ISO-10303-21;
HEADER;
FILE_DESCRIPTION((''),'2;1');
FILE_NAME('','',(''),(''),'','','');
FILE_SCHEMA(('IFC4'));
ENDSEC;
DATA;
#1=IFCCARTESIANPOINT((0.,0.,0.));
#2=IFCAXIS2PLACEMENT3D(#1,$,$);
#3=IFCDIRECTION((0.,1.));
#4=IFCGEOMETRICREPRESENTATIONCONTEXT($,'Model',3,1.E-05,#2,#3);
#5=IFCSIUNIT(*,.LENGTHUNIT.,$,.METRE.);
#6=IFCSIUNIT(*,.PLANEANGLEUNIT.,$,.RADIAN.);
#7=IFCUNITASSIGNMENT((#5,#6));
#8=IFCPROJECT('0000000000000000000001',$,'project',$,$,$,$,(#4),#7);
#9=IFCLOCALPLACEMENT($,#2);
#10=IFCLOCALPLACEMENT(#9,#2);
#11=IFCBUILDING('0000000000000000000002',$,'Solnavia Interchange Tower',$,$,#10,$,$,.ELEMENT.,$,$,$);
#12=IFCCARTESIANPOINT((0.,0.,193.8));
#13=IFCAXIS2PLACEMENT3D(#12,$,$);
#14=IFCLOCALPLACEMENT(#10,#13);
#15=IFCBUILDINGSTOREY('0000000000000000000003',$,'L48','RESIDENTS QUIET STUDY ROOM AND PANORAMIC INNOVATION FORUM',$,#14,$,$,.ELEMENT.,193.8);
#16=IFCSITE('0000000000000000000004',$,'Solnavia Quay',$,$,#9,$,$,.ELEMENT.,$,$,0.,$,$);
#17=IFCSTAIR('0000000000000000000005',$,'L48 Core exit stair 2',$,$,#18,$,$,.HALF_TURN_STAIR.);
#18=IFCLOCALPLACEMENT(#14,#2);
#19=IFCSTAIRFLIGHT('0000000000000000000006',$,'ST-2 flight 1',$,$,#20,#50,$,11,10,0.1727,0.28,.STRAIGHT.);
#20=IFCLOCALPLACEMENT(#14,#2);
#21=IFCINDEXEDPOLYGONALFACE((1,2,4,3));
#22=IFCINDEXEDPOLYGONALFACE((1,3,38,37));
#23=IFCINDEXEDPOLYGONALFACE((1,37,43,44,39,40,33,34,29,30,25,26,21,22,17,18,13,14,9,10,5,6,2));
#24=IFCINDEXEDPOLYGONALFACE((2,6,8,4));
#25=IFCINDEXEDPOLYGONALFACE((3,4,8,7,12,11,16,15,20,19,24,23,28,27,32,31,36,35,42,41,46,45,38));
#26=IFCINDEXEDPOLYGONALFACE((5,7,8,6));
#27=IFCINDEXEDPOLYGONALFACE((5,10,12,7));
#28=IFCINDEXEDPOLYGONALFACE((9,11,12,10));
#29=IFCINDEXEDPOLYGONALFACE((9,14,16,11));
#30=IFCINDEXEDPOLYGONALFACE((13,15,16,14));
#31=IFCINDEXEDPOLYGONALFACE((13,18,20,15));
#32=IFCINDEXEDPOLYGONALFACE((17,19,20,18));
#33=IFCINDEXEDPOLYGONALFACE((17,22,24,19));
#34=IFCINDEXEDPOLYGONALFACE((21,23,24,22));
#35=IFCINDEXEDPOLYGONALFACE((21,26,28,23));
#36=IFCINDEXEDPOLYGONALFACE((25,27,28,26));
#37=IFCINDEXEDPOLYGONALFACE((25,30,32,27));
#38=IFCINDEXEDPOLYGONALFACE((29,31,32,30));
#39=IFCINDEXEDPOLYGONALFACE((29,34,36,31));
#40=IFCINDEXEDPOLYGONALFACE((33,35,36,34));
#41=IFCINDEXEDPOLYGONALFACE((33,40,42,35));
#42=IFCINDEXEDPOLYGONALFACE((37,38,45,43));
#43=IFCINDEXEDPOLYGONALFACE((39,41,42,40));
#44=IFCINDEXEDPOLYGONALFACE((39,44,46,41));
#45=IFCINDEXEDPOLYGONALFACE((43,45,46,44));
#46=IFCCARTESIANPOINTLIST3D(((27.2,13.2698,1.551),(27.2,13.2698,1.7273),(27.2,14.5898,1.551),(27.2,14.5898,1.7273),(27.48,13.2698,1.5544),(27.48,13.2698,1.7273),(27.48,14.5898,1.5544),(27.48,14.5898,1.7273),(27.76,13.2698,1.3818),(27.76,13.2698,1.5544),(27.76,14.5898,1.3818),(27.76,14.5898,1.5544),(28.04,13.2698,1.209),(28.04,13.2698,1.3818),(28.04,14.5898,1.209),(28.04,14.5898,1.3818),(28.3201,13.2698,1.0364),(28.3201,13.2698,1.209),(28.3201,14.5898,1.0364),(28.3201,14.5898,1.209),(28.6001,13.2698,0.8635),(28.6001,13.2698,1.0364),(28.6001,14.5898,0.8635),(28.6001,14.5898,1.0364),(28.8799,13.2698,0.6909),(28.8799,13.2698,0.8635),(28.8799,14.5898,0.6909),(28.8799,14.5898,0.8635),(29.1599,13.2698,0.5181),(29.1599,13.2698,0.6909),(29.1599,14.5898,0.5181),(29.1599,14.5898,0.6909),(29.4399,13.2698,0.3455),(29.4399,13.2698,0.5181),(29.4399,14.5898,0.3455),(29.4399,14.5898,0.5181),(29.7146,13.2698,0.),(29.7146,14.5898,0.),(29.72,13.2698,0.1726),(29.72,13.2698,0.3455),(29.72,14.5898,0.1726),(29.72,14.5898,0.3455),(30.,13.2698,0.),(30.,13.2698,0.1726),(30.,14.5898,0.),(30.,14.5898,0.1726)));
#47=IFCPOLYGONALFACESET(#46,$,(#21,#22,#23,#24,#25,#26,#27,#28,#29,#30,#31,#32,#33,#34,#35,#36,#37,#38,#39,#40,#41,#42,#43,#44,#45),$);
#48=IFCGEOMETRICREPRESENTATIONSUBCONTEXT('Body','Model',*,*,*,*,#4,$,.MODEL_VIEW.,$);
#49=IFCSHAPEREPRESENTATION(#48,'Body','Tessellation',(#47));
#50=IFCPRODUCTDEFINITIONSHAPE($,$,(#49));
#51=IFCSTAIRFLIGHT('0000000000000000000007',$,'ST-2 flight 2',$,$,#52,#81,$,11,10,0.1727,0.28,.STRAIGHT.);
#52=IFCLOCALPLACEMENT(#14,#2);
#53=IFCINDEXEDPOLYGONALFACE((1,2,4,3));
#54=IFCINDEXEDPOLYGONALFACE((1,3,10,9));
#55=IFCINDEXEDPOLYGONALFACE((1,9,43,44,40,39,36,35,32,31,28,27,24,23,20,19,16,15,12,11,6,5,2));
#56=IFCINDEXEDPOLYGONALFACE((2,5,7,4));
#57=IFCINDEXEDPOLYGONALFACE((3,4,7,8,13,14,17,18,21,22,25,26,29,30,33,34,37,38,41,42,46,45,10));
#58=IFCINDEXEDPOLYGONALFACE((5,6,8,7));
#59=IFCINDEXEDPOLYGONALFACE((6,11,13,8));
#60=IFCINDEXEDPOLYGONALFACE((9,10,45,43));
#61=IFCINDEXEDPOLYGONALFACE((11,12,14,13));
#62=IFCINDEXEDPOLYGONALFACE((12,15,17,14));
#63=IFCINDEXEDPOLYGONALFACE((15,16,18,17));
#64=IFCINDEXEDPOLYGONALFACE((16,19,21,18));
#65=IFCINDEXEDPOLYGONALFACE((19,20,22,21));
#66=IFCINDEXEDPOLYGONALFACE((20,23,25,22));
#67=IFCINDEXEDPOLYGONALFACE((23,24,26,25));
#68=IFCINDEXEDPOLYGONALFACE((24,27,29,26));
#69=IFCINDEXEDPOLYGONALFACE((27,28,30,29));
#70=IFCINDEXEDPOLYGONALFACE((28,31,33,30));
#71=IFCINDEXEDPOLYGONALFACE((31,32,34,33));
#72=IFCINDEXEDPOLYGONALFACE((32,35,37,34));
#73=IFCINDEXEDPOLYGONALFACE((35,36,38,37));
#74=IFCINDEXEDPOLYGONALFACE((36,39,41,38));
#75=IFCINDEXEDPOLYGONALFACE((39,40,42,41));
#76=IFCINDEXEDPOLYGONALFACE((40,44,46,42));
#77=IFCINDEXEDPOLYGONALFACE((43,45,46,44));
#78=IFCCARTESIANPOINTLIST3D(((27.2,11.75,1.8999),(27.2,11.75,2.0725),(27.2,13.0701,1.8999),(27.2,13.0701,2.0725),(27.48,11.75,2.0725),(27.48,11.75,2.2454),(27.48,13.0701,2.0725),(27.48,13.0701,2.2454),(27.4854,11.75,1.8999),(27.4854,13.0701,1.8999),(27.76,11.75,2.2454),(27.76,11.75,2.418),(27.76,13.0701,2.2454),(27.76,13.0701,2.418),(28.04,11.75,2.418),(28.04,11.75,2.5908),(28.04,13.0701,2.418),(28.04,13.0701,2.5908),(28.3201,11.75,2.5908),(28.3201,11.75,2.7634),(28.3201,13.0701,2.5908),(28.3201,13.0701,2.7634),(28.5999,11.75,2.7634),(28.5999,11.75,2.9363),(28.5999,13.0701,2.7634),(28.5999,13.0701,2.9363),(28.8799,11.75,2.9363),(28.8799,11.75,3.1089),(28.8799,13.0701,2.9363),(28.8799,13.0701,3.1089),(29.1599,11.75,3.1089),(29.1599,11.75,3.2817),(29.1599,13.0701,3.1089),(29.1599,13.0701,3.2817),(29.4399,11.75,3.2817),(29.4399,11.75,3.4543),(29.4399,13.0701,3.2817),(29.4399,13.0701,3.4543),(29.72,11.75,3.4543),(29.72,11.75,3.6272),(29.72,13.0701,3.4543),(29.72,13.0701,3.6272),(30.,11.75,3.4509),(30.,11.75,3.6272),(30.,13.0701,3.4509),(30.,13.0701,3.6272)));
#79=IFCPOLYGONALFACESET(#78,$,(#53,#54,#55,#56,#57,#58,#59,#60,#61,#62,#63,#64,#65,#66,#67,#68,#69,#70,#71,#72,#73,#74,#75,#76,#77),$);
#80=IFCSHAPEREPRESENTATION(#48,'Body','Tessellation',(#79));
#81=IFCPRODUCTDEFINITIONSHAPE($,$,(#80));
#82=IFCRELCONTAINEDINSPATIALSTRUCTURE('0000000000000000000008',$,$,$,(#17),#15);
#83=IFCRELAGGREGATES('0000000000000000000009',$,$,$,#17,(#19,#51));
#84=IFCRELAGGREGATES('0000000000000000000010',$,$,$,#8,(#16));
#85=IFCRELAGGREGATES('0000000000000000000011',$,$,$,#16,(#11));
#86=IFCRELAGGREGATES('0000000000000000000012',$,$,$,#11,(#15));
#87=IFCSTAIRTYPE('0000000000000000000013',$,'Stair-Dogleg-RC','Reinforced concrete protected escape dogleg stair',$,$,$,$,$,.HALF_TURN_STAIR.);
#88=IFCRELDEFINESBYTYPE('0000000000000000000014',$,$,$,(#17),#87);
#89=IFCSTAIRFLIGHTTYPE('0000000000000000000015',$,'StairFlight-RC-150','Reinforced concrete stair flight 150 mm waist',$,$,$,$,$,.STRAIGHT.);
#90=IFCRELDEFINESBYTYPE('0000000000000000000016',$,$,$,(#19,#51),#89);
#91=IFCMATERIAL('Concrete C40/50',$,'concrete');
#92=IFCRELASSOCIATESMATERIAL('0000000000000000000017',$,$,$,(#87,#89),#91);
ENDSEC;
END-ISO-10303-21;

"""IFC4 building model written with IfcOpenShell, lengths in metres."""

from ifc_helpers import new_model, si_unit, direction, frame, origin, place, context, subcontext, project, spatial, polyline, outline, extrude, material, type_object, element, aggregate, save


model = new_model("IFC4")

# Units and contexts
model_context = context("Model", 3, precision=1e-05, world=origin(), true_north=direction((0.0, 1.0)))
body_context = subcontext(model_context, "Body", "Model", "MODEL_VIEW")
ifc_project = project(units=[si_unit("LENGTHUNIT", "METRE"), si_unit("PLANEANGLEUNIT", "RADIAN")], contexts=[model_context])

# Site, building, storey
site_placement = place(None, origin())
site = spatial("IfcSite", under=ifc_project, at=site_placement, Name="Solnavia Quay", CompositionType="ELEMENT", RefElevation=0.0)
building_placement = place(site_placement, origin())
building = spatial("IfcBuilding", under=site, at=building_placement, Name="Solnavia Interchange Tower", CompositionType="ELEMENT")
storey_placement = place(building_placement, frame((0.0, 0.0, 193.8)))
storey = spatial("IfcBuildingStorey", under=building, at=storey_placement, Name="L48", Description="RESIDENTS QUIET STUDY ROOM AND PANORAMIC INNOVATION FORUM", CompositionType="ELEMENT", Elevation=193.8)

# Shared definitions
ifc_material_1 = material(Name="Concrete C40/50", Category="concrete")

# Stair, stair flights
stair_type = type_object("IfcStairType", Name="Stair-Dogleg-RC", Description="Reinforced concrete protected escape dogleg stair", PredefinedType="HALF_TURN_STAIR", material=ifc_material_1)
stair_placement = place(storey_placement, origin())
stair = element("IfcStair", 1, at=stair_placement, inside=storey, type_object=stair_type, Name="L48 Core exit stair 2", PredefinedType="HALF_TURN_STAIR")
stair_flight_type = type_object("IfcStairFlightType", Name="StairFlight-RC-150", Description="Reinforced concrete stair flight 150 mm waist", PredefinedType="STRAIGHT", material=ifc_material_1)
stair_flight_1_placement = place(storey_placement, frame((30.0, 13.9299, 0.0), z_axis=(0.0, 0.0, 1.0), x_axis=(-1.0, 0.0, 0.0)))
stair_flight_1 = element("IfcStairFlight", 2, at=stair_flight_1_placement, type_object=stair_flight_type, Name="ST-2 flight 1", NumberOfRisers=11, NumberOfTreads=10, PredefinedType="STRAIGHT", RiserHeight=0.1727, TreadLength=0.28, context=body_context, shape_type="SweptSolid", body=[
    extrude(outline(polyline([(0.0, 0.0), (0.0, 0.1726), (0.28, 0.1726), (0.28, 0.3455), (0.5601, 0.3455), (0.5601, 0.5181), (0.8401, 0.5181), (0.8401, 0.6909), (1.1201, 0.6909), (1.1201, 0.8635), (1.3999, 0.8635), (1.3999, 1.0364), (1.6799, 1.0364), (1.6799, 1.209), (1.96, 1.209), (1.96, 1.3818), (2.24, 1.3818), (2.24, 1.5544), (2.52, 1.5544), (2.52, 1.7273), (2.8, 1.7273), (2.8, 1.8999), (2.8, 1.551), (0.2854, 0.0), (0.0, 0.0)])), frame((0.0, 0.6602, 0.0), z_axis=(0.0, -1.0, 0.0), x_axis=(1.0, 0.0, 0.0)), (0.0, 0.0, 1.0), 1.3201),
])
stair_flight_2_placement = place(storey_placement, frame((27.2, 12.4099, 1.8999), z_axis=(0.0, 0.0, 1.0), x_axis=(1.0, 0.0, 0.0)))
stair_flight_2 = element("IfcStairFlight", 3, at=stair_flight_2_placement, type_object=stair_flight_type, Name="ST-2 flight 2", NumberOfRisers=11, NumberOfTreads=10, PredefinedType="STRAIGHT", RiserHeight=0.1727, TreadLength=0.28, context=body_context, shape_type="SweptSolid", body=[
    extrude(outline(polyline([(0.0, 0.0), (0.0, 0.1726), (0.28, 0.1726), (0.28, 0.3455), (0.5601, 0.3455), (0.5601, 0.5181), (0.8401, 0.5181), (0.8401, 0.6909), (1.1201, 0.6909), (1.1201, 0.8635), (1.3999, 0.8635), (1.3999, 1.0364), (1.6799, 1.0364), (1.6799, 1.209), (1.96, 1.209), (1.96, 1.3818), (2.24, 1.3818), (2.24, 1.5544), (2.52, 1.5544), (2.52, 1.7273), (2.8, 1.7273), (2.8, 1.8999), (2.8, 1.551), (0.2854, 0.0), (0.0, 0.0)])), frame((0.0, 0.6602, 0.0), z_axis=(0.0, -1.0, 0.0), x_axis=(1.0, 0.0, 0.0)), (0.0, 0.0, 1.0), 1.3201),
])
aggregate(stair, [stair_flight_1, stair_flight_2])

save(model, "model.ifc")
